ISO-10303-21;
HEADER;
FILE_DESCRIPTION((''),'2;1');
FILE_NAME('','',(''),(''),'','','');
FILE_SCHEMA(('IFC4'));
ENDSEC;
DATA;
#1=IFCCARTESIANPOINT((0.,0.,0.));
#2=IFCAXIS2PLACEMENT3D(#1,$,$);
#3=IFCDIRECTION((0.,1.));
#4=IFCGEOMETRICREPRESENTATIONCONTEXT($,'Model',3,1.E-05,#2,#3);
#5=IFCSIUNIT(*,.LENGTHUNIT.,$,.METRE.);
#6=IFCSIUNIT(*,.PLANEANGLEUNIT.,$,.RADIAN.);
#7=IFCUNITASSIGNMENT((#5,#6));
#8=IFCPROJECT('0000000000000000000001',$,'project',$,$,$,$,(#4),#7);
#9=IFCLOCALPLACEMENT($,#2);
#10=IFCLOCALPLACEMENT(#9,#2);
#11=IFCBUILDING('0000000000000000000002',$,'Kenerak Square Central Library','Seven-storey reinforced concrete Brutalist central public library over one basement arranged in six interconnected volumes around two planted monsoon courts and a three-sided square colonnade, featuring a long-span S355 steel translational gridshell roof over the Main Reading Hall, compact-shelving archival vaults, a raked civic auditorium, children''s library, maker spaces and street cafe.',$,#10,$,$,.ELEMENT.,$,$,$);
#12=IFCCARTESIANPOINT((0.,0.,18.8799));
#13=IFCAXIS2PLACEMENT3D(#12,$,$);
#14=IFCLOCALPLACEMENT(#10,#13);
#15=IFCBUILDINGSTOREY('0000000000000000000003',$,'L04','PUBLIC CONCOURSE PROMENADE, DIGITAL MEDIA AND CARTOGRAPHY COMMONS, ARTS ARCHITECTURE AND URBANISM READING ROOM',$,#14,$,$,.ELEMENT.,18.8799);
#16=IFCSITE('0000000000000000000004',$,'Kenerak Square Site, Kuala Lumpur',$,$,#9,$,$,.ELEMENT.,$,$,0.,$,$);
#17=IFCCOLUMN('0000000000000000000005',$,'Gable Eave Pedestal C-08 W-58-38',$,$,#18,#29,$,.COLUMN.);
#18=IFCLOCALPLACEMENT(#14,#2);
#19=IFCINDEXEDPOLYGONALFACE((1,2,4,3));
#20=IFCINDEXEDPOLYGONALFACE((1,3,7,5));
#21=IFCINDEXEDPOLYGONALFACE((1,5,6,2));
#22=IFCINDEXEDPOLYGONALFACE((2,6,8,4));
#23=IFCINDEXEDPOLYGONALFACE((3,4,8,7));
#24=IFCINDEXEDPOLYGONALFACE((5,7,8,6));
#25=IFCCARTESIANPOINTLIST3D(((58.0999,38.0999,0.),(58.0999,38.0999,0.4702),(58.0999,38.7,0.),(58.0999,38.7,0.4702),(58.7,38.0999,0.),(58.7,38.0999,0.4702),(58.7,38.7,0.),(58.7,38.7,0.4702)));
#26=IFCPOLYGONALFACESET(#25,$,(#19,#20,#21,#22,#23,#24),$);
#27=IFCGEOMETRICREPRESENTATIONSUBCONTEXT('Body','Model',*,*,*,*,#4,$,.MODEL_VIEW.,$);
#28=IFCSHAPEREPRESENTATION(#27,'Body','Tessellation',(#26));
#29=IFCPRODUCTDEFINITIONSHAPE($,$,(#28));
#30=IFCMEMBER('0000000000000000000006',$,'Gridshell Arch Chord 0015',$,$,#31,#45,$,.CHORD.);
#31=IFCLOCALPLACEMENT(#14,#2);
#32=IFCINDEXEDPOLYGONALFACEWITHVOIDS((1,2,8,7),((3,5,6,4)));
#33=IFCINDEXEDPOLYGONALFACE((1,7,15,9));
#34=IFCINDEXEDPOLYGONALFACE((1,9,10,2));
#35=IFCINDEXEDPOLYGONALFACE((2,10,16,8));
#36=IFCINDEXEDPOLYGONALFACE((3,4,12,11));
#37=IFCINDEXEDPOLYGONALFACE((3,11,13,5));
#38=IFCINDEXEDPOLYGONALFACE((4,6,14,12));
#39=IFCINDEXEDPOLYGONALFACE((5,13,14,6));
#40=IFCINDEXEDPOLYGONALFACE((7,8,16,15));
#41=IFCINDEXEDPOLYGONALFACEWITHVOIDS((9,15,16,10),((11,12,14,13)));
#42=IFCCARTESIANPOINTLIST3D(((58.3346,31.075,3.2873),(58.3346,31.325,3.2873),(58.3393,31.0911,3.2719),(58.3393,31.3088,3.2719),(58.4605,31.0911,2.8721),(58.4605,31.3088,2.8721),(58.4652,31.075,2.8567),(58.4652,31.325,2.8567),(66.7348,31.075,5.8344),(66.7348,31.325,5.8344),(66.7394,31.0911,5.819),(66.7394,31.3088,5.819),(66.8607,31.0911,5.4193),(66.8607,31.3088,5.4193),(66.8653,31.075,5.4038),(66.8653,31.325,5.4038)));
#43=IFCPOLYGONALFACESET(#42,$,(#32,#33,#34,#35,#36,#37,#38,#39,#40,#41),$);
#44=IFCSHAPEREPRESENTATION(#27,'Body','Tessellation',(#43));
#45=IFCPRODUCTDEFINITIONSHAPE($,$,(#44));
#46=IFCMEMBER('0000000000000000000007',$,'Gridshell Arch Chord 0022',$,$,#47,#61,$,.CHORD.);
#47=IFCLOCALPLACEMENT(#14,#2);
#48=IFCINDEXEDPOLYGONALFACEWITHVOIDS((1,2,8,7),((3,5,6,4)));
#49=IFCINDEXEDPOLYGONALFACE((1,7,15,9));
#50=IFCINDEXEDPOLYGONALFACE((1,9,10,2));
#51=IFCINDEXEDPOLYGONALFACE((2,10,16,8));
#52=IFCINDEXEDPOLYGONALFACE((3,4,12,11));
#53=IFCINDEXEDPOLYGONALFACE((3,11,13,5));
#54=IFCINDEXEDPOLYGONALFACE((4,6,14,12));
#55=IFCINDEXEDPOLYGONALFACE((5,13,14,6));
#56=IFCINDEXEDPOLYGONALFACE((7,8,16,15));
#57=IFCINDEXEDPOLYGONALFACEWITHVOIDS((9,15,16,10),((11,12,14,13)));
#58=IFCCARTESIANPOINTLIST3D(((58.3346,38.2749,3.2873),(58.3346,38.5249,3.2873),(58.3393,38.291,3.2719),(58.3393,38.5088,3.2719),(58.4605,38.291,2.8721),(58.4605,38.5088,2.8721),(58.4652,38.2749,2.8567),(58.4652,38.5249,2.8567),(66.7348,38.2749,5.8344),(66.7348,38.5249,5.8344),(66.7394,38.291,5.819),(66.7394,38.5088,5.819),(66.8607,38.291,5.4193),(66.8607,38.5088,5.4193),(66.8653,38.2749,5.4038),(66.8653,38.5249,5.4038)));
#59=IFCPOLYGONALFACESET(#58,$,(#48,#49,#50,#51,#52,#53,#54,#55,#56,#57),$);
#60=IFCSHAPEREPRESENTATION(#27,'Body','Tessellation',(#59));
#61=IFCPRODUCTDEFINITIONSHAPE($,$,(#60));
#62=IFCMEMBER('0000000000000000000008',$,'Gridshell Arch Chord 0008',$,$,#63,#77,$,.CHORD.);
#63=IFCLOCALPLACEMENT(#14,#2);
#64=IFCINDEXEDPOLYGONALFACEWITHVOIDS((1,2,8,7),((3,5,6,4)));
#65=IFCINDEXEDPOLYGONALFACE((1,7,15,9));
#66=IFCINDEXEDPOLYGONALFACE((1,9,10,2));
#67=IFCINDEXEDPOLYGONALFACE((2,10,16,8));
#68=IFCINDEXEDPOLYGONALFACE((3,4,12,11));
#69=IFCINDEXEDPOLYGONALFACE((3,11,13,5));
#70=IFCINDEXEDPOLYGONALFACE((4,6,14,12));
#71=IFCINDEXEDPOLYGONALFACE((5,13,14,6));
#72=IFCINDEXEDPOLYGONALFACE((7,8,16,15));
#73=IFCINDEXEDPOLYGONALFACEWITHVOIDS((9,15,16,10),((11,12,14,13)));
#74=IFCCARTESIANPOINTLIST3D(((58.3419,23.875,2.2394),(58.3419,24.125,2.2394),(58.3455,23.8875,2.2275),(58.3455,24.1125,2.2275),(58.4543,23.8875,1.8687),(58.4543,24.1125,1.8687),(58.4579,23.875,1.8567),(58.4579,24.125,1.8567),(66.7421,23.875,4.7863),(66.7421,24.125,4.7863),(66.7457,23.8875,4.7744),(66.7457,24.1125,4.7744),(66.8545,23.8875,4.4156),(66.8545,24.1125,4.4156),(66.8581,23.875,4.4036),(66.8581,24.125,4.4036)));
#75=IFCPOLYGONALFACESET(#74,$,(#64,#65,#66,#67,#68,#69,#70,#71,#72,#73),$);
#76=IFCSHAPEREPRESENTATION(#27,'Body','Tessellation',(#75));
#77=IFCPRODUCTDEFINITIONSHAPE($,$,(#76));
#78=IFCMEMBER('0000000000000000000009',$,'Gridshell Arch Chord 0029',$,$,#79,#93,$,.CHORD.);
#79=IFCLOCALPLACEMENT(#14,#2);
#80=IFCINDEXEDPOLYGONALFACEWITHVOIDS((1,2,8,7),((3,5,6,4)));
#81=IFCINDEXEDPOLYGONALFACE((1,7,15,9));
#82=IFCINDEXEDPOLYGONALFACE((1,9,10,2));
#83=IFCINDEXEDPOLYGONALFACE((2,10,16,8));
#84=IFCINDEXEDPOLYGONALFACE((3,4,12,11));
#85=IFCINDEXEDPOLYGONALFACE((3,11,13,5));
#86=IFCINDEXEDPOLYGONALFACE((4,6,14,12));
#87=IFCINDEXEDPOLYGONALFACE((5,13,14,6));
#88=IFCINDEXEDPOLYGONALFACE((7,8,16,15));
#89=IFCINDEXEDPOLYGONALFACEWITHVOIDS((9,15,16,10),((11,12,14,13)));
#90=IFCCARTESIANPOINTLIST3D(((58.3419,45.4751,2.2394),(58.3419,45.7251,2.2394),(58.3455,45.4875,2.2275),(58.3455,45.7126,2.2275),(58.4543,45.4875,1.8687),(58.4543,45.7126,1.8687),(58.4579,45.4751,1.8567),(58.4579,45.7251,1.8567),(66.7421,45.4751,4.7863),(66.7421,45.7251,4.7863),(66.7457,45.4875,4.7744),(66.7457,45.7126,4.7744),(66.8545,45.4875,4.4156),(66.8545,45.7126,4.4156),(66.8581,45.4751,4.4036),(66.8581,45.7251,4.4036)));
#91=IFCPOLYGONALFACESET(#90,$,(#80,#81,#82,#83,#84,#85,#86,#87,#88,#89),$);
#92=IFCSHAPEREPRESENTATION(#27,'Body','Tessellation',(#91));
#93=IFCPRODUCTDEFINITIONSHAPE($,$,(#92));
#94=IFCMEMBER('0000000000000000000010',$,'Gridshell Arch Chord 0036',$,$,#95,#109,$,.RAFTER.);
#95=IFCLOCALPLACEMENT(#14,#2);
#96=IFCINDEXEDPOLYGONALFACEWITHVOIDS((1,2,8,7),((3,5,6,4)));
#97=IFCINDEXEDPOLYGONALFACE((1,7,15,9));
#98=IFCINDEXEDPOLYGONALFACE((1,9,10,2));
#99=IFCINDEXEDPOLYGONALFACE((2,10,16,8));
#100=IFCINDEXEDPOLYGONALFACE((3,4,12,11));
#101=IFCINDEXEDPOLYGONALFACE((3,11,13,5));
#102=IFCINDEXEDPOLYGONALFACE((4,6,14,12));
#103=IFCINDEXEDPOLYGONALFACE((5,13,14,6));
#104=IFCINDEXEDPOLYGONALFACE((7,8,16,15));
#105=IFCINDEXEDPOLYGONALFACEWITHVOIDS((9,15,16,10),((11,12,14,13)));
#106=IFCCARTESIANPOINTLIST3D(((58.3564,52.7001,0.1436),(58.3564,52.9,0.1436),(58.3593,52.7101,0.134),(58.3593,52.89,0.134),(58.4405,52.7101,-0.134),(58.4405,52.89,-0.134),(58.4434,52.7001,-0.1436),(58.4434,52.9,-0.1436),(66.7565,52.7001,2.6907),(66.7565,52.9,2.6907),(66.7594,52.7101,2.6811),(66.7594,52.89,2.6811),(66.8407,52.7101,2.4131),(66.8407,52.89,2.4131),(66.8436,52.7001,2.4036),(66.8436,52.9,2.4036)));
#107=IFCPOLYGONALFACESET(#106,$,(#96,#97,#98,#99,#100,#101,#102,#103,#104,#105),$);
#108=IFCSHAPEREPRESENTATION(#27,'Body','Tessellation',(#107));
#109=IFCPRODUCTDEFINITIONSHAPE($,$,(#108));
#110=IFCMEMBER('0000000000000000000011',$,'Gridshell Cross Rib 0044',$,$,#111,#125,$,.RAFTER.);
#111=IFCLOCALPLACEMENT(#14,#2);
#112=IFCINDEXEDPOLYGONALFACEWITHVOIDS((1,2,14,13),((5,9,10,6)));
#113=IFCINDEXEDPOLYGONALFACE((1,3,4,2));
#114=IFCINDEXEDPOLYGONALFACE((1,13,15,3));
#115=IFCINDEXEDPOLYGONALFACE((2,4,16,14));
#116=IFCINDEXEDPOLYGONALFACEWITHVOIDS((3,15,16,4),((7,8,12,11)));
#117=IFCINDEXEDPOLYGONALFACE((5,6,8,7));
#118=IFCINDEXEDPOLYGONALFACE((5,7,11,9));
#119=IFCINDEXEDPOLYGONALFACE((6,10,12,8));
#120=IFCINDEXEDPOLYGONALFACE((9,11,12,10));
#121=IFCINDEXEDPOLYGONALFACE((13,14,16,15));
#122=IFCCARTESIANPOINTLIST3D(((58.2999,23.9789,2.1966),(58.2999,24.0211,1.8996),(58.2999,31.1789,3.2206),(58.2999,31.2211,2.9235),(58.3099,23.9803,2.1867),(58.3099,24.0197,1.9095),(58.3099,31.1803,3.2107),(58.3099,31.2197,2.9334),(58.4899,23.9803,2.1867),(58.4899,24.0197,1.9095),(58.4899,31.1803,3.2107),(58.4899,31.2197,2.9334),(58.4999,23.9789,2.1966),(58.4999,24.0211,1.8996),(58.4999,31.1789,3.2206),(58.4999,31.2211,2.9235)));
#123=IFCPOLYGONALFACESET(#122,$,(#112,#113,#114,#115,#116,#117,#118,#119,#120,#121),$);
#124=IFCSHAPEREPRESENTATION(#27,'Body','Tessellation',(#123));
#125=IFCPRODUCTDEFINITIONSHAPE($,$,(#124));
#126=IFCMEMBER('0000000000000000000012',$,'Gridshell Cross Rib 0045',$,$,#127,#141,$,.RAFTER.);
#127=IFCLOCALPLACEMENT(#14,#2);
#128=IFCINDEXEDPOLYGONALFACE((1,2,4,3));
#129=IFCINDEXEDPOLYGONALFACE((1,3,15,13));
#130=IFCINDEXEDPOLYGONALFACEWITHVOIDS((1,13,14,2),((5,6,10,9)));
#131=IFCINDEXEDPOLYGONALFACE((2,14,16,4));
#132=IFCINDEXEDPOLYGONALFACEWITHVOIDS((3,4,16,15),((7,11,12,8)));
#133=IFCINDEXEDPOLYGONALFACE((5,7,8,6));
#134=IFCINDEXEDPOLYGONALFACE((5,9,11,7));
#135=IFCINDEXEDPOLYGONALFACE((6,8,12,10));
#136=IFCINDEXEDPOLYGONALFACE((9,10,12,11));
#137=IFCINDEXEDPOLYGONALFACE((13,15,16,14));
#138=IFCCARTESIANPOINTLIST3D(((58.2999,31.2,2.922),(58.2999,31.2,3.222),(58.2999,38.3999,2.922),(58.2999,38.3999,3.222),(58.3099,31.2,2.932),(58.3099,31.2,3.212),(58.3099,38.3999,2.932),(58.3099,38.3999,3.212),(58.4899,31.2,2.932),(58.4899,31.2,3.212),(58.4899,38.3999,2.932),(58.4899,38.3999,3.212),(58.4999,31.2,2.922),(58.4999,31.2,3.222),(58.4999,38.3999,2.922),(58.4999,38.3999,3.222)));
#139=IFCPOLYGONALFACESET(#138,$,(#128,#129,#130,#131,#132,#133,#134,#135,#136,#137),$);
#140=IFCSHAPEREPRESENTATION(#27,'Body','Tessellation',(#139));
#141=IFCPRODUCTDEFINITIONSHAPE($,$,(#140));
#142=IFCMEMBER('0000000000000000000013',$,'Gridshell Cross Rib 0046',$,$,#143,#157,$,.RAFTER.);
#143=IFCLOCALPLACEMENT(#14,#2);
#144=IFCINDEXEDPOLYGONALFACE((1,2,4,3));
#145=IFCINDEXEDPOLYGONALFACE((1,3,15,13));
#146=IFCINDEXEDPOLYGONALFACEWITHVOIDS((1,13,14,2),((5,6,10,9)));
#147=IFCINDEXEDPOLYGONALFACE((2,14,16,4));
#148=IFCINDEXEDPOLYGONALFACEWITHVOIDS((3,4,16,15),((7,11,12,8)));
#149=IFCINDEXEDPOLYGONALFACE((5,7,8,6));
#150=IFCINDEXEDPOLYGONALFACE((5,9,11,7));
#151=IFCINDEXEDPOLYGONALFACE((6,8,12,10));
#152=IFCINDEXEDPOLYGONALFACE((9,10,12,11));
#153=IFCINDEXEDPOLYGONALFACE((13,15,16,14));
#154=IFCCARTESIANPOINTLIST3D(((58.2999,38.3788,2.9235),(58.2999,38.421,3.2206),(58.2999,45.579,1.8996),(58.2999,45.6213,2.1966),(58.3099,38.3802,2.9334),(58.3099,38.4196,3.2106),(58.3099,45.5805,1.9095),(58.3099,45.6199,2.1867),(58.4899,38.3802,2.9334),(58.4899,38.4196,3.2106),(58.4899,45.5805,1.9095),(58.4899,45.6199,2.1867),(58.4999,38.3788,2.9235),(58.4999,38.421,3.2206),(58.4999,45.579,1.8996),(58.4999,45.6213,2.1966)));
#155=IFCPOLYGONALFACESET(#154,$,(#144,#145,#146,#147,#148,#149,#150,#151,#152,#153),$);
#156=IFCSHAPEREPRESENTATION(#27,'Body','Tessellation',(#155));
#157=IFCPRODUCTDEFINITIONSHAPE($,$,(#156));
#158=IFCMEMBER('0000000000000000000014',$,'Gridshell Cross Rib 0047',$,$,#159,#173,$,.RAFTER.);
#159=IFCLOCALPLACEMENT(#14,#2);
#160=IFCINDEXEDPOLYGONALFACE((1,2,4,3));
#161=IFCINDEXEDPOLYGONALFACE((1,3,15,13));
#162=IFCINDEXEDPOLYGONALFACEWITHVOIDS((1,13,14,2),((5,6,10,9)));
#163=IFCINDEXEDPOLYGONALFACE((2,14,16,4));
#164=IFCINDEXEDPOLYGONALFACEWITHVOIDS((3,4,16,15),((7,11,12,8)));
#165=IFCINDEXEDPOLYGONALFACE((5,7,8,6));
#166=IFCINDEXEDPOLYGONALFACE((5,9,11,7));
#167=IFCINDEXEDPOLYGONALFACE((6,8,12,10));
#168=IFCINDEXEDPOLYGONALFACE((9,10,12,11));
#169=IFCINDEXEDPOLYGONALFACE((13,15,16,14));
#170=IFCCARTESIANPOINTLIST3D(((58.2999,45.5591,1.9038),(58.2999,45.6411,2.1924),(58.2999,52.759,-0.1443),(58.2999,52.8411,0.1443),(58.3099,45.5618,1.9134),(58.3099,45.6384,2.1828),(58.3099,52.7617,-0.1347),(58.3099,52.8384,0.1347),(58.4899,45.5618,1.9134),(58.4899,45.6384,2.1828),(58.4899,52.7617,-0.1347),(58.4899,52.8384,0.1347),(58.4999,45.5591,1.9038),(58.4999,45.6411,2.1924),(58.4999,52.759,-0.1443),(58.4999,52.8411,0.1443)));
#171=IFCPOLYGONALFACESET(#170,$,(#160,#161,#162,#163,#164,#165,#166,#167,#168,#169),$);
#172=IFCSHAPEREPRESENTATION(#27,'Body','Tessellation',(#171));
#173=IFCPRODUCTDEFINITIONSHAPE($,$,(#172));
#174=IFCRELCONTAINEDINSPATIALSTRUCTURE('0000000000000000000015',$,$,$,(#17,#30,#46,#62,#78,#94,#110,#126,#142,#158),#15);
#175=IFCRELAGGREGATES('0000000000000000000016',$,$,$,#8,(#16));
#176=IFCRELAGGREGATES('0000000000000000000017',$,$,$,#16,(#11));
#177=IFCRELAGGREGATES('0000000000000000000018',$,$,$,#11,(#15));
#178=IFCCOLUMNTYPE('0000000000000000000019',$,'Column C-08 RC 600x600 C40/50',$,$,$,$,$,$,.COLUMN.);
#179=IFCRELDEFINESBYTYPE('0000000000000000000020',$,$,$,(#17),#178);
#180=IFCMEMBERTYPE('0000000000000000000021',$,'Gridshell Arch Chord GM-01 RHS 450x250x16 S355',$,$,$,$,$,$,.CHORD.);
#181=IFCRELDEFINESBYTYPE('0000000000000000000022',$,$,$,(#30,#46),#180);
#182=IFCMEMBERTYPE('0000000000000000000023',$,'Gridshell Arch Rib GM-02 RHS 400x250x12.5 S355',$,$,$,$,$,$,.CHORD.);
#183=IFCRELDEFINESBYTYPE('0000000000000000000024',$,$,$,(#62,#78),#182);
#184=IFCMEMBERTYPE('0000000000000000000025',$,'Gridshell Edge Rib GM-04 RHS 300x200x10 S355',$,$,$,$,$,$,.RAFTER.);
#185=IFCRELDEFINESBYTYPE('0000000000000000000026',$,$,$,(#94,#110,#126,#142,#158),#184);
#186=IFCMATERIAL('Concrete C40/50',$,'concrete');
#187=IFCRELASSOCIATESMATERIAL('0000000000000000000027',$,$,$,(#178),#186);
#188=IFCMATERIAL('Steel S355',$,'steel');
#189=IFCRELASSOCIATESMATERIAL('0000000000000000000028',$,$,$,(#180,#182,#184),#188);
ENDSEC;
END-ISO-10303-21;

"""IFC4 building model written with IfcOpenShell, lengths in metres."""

from ifc_helpers import new_model, si_unit, direction, frame, origin, origin_2d, place, context, subcontext, project, spatial, rectangle, hollow_rectangle, extrude, material, material_profile, profile_set, type_object, element, save


model = new_model("IFC4")

# Units and contexts
model_context = context("Model", 3, precision=1e-05, world=origin(), true_north=direction((0.0, 1.0)))
body_context = subcontext(model_context, "Body", "Model", "MODEL_VIEW")
ifc_project = project(units=[si_unit("LENGTHUNIT", "METRE"), si_unit("PLANEANGLEUNIT", "RADIAN")], contexts=[model_context])

# Site, building, storey
site_placement = place(None, origin())
site = spatial("IfcSite", under=ifc_project, at=site_placement, Name="Kenerak Square Site, Kuala Lumpur", CompositionType="ELEMENT", RefElevation=0.0)
building_placement = place(site_placement, origin())
building = spatial("IfcBuilding", under=site, at=building_placement, Name="Kenerak Square Central Library", Description="Seven-storey reinforced concrete Brutalist central public library over one basement arranged in six interconnected volumes around two planted monsoon courts and a three-sided square colonnade, featuring a long-span S355 steel translational gridshell roof over the Main Reading Hall, compact-shelving archival vaults, a raked civic auditorium, children's library, maker spaces and street cafe.", CompositionType="ELEMENT")
storey_placement = place(building_placement, frame((0.0, 0.0, 18.8799)))
storey = spatial("IfcBuildingStorey", under=building, at=storey_placement, Name="L04", Description="PUBLIC CONCOURSE PROMENADE, DIGITAL MEDIA AND CARTOGRAPHY COMMONS, ARTS ARCHITECTURE AND URBANISM READING ROOM", CompositionType="ELEMENT", Elevation=18.8799)

# Column
ifc_material_1 = material(Name="Concrete C40/50", Category="concrete")
ifc_material_profile_1 = material_profile(ifc_material_1, rectangle(XDim=0.6001, YDim=0.6001, at=origin_2d()), Name="RC 600x600")
ifc_profile_set_1 = profile_set([ifc_material_profile_1], Name="Concrete C40/50")
column_type = type_object("IfcColumnType", Name="Column C-08 RC 600x600 C40/50", PredefinedType="COLUMN", material=ifc_profile_set_1)
column_placement = place(storey_placement, frame((58.3999, 38.3999, 0.0), z_axis=(0.0, 0.0, 1.0), x_axis=(1.0, 0.0, 0.0)))
element("IfcColumn", 1, at=column_placement, inside=storey, type_object=column_type, Name="Gable Eave Pedestal C-08 W-58-38", PredefinedType="COLUMN", context=body_context, shape_type="SweptSolid", body=[
    extrude(rectangle(XDim=0.6001, YDim=0.6001, at=origin_2d()), origin(), (0.0, 0.0, 1.0), 0.4702),
])

# Members
ifc_material_2 = material(Name="Steel S355", Category="steel")
ifc_material_profile_2 = material_profile(ifc_material_2, hollow_rectangle(XDim=0.25, YDim=0.45, WallThickness=0.0161, at=origin_2d()), Name="RHS 450x250x16.0")
ifc_profile_set_2 = profile_set([ifc_material_profile_2], Name="Steel S355")
member_type_1 = type_object("IfcMemberType", Name="Gridshell Arch Chord GM-01 RHS 450x250x16 S355", PredefinedType="CHORD", material=ifc_profile_set_2)
for number, where, z_axis, x_axis, name in (
    (2, (58.3999, 31.2, 3.072), (0.956973, 0.0, 0.290176), (0.0, 1.0, 0.0), "Gridshell Arch Chord 0015"),
    (3, (58.3999, 38.3999, 3.072), (0.956973, 0.0, 0.290176), (0.0, 1.0, 0.0), "Gridshell Arch Chord 0022"),
):
    element("IfcMember", number, at=place(storey_placement, frame(where, z_axis=z_axis, x_axis=x_axis)), inside=storey, type_object=member_type_1, Name=name, PredefinedType="CHORD", context=body_context, shape_type="SweptSolid", body=[
        extrude(hollow_rectangle(XDim=0.25, YDim=0.45, WallThickness=0.0161, at=origin_2d()), origin(), (0.0, 0.0, 1.0), 8.7778),
    ])
ifc_material_profile_3 = material_profile(ifc_material_2, hollow_rectangle(XDim=0.25, YDim=0.3999, WallThickness=0.0125, at=origin_2d()), Name="RHS 400x250x12.5")
ifc_profile_set_3 = profile_set([ifc_material_profile_3], Name="Steel S355")
member_type_2 = type_object("IfcMemberType", Name="Gridshell Arch Rib GM-02 RHS 400x250x12.5 S355", PredefinedType="CHORD", material=ifc_profile_set_3)
for number, where, z_axis, x_axis, name in (
    (4, (58.3999, 24.0, 2.0481), (0.956981, 0.0, 0.290151), (0.0, 1.0, 0.0), "Gridshell Arch Chord 0008"),
    (5, (58.3999, 45.6001, 2.0481), (0.956981, 0.0, 0.290151), (0.0, 1.0, 0.0), "Gridshell Arch Chord 0029"),
):
    element("IfcMember", number, at=place(storey_placement, frame(where, z_axis=z_axis, x_axis=x_axis)), inside=storey, type_object=member_type_2, Name=name, PredefinedType="CHORD", context=body_context, shape_type="SweptSolid", body=[
        extrude(hollow_rectangle(XDim=0.25, YDim=0.3999, WallThickness=0.0125, at=origin_2d()), origin(), (0.0, 0.0, 1.0), 8.7778),
    ])
ifc_material_profile_4 = material_profile(ifc_material_2, hollow_rectangle(XDim=0.2, YDim=0.3, WallThickness=0.01, at=origin_2d()), Name="RHS 300x200x10.0")
ifc_profile_set_4 = profile_set([ifc_material_profile_4], Name="Steel S355")
member_type_3 = type_object("IfcMemberType", Name="Gridshell Edge Rib GM-04 RHS 300x200x10 S355", PredefinedType="RAFTER", material=ifc_profile_set_4)
member_1_placement = place(storey_placement, frame((58.3999, 52.8, 0.0), z_axis=(0.956973, 0.0, 0.290176), x_axis=(0.0, 1.0, 0.0)))
element("IfcMember", 6, at=member_1_placement, inside=storey, type_object=member_type_3, Name="Gridshell Arch Chord 0036", PredefinedType="RAFTER", context=body_context, shape_type="SweptSolid", body=[
    extrude(hollow_rectangle(XDim=0.2, YDim=0.3, WallThickness=0.01, at=origin_2d()), origin(), (0.0, 0.0, 1.0), 8.7778),
])
member_2_placement = place(storey_placement, frame((58.3999, 24.0, 2.0481), z_axis=(0.0, 0.990039, 0.140796), x_axis=(-1.0, 0.0, 0.0)))
element("IfcMember", 7, at=member_2_placement, inside=storey, type_object=member_type_3, Name="Gridshell Cross Rib 0044", PredefinedType="RAFTER", context=body_context, shape_type="SweptSolid", body=[
    extrude(hollow_rectangle(XDim=0.2, YDim=0.3, WallThickness=0.01, at=origin_2d()), origin(), (0.0, 0.0, 1.0), 7.2725),
])
member_3_placement = place(storey_placement, frame((58.3999, 31.2, 3.072), z_axis=(0.0, 1.0, 0.0), x_axis=(-1.0, 0.0, 0.0)))
element("IfcMember", 8, at=member_3_placement, inside=storey, type_object=member_type_3, Name="Gridshell Cross Rib 0045", PredefinedType="RAFTER", context=body_context, shape_type="SweptSolid", body=[
    extrude(hollow_rectangle(XDim=0.2, YDim=0.3, WallThickness=0.01, at=origin_2d()), origin(), (0.0, 0.0, 1.0), 7.2),
])
member_4_placement = place(storey_placement, frame((58.3999, 38.3999, 3.072), z_axis=(0.0, 0.990039, -0.140792), x_axis=(-1.0, 0.0, 0.0)))
element("IfcMember", 9, at=member_4_placement, inside=storey, type_object=member_type_3, Name="Gridshell Cross Rib 0046", PredefinedType="RAFTER", context=body_context, shape_type="SweptSolid", body=[
    extrude(hollow_rectangle(XDim=0.2, YDim=0.3, WallThickness=0.01, at=origin_2d()), origin(), (0.0, 0.0, 1.0), 7.2727),
])
member_5_placement = place(storey_placement, frame((58.3999, 45.6001, 2.0481), z_axis=(0.0, 0.961842, -0.273605), x_axis=(-1.0, 0.0, 0.0)))
element("IfcMember", 10, at=member_5_placement, inside=storey, type_object=member_type_3, Name="Gridshell Cross Rib 0047", PredefinedType="RAFTER", context=body_context, shape_type="SweptSolid", body=[
    extrude(hollow_rectangle(XDim=0.2, YDim=0.3, WallThickness=0.01, at=origin_2d()), origin(), (0.0, 0.0, 1.0), 7.4856),
])

save(model, "model.ifc")
